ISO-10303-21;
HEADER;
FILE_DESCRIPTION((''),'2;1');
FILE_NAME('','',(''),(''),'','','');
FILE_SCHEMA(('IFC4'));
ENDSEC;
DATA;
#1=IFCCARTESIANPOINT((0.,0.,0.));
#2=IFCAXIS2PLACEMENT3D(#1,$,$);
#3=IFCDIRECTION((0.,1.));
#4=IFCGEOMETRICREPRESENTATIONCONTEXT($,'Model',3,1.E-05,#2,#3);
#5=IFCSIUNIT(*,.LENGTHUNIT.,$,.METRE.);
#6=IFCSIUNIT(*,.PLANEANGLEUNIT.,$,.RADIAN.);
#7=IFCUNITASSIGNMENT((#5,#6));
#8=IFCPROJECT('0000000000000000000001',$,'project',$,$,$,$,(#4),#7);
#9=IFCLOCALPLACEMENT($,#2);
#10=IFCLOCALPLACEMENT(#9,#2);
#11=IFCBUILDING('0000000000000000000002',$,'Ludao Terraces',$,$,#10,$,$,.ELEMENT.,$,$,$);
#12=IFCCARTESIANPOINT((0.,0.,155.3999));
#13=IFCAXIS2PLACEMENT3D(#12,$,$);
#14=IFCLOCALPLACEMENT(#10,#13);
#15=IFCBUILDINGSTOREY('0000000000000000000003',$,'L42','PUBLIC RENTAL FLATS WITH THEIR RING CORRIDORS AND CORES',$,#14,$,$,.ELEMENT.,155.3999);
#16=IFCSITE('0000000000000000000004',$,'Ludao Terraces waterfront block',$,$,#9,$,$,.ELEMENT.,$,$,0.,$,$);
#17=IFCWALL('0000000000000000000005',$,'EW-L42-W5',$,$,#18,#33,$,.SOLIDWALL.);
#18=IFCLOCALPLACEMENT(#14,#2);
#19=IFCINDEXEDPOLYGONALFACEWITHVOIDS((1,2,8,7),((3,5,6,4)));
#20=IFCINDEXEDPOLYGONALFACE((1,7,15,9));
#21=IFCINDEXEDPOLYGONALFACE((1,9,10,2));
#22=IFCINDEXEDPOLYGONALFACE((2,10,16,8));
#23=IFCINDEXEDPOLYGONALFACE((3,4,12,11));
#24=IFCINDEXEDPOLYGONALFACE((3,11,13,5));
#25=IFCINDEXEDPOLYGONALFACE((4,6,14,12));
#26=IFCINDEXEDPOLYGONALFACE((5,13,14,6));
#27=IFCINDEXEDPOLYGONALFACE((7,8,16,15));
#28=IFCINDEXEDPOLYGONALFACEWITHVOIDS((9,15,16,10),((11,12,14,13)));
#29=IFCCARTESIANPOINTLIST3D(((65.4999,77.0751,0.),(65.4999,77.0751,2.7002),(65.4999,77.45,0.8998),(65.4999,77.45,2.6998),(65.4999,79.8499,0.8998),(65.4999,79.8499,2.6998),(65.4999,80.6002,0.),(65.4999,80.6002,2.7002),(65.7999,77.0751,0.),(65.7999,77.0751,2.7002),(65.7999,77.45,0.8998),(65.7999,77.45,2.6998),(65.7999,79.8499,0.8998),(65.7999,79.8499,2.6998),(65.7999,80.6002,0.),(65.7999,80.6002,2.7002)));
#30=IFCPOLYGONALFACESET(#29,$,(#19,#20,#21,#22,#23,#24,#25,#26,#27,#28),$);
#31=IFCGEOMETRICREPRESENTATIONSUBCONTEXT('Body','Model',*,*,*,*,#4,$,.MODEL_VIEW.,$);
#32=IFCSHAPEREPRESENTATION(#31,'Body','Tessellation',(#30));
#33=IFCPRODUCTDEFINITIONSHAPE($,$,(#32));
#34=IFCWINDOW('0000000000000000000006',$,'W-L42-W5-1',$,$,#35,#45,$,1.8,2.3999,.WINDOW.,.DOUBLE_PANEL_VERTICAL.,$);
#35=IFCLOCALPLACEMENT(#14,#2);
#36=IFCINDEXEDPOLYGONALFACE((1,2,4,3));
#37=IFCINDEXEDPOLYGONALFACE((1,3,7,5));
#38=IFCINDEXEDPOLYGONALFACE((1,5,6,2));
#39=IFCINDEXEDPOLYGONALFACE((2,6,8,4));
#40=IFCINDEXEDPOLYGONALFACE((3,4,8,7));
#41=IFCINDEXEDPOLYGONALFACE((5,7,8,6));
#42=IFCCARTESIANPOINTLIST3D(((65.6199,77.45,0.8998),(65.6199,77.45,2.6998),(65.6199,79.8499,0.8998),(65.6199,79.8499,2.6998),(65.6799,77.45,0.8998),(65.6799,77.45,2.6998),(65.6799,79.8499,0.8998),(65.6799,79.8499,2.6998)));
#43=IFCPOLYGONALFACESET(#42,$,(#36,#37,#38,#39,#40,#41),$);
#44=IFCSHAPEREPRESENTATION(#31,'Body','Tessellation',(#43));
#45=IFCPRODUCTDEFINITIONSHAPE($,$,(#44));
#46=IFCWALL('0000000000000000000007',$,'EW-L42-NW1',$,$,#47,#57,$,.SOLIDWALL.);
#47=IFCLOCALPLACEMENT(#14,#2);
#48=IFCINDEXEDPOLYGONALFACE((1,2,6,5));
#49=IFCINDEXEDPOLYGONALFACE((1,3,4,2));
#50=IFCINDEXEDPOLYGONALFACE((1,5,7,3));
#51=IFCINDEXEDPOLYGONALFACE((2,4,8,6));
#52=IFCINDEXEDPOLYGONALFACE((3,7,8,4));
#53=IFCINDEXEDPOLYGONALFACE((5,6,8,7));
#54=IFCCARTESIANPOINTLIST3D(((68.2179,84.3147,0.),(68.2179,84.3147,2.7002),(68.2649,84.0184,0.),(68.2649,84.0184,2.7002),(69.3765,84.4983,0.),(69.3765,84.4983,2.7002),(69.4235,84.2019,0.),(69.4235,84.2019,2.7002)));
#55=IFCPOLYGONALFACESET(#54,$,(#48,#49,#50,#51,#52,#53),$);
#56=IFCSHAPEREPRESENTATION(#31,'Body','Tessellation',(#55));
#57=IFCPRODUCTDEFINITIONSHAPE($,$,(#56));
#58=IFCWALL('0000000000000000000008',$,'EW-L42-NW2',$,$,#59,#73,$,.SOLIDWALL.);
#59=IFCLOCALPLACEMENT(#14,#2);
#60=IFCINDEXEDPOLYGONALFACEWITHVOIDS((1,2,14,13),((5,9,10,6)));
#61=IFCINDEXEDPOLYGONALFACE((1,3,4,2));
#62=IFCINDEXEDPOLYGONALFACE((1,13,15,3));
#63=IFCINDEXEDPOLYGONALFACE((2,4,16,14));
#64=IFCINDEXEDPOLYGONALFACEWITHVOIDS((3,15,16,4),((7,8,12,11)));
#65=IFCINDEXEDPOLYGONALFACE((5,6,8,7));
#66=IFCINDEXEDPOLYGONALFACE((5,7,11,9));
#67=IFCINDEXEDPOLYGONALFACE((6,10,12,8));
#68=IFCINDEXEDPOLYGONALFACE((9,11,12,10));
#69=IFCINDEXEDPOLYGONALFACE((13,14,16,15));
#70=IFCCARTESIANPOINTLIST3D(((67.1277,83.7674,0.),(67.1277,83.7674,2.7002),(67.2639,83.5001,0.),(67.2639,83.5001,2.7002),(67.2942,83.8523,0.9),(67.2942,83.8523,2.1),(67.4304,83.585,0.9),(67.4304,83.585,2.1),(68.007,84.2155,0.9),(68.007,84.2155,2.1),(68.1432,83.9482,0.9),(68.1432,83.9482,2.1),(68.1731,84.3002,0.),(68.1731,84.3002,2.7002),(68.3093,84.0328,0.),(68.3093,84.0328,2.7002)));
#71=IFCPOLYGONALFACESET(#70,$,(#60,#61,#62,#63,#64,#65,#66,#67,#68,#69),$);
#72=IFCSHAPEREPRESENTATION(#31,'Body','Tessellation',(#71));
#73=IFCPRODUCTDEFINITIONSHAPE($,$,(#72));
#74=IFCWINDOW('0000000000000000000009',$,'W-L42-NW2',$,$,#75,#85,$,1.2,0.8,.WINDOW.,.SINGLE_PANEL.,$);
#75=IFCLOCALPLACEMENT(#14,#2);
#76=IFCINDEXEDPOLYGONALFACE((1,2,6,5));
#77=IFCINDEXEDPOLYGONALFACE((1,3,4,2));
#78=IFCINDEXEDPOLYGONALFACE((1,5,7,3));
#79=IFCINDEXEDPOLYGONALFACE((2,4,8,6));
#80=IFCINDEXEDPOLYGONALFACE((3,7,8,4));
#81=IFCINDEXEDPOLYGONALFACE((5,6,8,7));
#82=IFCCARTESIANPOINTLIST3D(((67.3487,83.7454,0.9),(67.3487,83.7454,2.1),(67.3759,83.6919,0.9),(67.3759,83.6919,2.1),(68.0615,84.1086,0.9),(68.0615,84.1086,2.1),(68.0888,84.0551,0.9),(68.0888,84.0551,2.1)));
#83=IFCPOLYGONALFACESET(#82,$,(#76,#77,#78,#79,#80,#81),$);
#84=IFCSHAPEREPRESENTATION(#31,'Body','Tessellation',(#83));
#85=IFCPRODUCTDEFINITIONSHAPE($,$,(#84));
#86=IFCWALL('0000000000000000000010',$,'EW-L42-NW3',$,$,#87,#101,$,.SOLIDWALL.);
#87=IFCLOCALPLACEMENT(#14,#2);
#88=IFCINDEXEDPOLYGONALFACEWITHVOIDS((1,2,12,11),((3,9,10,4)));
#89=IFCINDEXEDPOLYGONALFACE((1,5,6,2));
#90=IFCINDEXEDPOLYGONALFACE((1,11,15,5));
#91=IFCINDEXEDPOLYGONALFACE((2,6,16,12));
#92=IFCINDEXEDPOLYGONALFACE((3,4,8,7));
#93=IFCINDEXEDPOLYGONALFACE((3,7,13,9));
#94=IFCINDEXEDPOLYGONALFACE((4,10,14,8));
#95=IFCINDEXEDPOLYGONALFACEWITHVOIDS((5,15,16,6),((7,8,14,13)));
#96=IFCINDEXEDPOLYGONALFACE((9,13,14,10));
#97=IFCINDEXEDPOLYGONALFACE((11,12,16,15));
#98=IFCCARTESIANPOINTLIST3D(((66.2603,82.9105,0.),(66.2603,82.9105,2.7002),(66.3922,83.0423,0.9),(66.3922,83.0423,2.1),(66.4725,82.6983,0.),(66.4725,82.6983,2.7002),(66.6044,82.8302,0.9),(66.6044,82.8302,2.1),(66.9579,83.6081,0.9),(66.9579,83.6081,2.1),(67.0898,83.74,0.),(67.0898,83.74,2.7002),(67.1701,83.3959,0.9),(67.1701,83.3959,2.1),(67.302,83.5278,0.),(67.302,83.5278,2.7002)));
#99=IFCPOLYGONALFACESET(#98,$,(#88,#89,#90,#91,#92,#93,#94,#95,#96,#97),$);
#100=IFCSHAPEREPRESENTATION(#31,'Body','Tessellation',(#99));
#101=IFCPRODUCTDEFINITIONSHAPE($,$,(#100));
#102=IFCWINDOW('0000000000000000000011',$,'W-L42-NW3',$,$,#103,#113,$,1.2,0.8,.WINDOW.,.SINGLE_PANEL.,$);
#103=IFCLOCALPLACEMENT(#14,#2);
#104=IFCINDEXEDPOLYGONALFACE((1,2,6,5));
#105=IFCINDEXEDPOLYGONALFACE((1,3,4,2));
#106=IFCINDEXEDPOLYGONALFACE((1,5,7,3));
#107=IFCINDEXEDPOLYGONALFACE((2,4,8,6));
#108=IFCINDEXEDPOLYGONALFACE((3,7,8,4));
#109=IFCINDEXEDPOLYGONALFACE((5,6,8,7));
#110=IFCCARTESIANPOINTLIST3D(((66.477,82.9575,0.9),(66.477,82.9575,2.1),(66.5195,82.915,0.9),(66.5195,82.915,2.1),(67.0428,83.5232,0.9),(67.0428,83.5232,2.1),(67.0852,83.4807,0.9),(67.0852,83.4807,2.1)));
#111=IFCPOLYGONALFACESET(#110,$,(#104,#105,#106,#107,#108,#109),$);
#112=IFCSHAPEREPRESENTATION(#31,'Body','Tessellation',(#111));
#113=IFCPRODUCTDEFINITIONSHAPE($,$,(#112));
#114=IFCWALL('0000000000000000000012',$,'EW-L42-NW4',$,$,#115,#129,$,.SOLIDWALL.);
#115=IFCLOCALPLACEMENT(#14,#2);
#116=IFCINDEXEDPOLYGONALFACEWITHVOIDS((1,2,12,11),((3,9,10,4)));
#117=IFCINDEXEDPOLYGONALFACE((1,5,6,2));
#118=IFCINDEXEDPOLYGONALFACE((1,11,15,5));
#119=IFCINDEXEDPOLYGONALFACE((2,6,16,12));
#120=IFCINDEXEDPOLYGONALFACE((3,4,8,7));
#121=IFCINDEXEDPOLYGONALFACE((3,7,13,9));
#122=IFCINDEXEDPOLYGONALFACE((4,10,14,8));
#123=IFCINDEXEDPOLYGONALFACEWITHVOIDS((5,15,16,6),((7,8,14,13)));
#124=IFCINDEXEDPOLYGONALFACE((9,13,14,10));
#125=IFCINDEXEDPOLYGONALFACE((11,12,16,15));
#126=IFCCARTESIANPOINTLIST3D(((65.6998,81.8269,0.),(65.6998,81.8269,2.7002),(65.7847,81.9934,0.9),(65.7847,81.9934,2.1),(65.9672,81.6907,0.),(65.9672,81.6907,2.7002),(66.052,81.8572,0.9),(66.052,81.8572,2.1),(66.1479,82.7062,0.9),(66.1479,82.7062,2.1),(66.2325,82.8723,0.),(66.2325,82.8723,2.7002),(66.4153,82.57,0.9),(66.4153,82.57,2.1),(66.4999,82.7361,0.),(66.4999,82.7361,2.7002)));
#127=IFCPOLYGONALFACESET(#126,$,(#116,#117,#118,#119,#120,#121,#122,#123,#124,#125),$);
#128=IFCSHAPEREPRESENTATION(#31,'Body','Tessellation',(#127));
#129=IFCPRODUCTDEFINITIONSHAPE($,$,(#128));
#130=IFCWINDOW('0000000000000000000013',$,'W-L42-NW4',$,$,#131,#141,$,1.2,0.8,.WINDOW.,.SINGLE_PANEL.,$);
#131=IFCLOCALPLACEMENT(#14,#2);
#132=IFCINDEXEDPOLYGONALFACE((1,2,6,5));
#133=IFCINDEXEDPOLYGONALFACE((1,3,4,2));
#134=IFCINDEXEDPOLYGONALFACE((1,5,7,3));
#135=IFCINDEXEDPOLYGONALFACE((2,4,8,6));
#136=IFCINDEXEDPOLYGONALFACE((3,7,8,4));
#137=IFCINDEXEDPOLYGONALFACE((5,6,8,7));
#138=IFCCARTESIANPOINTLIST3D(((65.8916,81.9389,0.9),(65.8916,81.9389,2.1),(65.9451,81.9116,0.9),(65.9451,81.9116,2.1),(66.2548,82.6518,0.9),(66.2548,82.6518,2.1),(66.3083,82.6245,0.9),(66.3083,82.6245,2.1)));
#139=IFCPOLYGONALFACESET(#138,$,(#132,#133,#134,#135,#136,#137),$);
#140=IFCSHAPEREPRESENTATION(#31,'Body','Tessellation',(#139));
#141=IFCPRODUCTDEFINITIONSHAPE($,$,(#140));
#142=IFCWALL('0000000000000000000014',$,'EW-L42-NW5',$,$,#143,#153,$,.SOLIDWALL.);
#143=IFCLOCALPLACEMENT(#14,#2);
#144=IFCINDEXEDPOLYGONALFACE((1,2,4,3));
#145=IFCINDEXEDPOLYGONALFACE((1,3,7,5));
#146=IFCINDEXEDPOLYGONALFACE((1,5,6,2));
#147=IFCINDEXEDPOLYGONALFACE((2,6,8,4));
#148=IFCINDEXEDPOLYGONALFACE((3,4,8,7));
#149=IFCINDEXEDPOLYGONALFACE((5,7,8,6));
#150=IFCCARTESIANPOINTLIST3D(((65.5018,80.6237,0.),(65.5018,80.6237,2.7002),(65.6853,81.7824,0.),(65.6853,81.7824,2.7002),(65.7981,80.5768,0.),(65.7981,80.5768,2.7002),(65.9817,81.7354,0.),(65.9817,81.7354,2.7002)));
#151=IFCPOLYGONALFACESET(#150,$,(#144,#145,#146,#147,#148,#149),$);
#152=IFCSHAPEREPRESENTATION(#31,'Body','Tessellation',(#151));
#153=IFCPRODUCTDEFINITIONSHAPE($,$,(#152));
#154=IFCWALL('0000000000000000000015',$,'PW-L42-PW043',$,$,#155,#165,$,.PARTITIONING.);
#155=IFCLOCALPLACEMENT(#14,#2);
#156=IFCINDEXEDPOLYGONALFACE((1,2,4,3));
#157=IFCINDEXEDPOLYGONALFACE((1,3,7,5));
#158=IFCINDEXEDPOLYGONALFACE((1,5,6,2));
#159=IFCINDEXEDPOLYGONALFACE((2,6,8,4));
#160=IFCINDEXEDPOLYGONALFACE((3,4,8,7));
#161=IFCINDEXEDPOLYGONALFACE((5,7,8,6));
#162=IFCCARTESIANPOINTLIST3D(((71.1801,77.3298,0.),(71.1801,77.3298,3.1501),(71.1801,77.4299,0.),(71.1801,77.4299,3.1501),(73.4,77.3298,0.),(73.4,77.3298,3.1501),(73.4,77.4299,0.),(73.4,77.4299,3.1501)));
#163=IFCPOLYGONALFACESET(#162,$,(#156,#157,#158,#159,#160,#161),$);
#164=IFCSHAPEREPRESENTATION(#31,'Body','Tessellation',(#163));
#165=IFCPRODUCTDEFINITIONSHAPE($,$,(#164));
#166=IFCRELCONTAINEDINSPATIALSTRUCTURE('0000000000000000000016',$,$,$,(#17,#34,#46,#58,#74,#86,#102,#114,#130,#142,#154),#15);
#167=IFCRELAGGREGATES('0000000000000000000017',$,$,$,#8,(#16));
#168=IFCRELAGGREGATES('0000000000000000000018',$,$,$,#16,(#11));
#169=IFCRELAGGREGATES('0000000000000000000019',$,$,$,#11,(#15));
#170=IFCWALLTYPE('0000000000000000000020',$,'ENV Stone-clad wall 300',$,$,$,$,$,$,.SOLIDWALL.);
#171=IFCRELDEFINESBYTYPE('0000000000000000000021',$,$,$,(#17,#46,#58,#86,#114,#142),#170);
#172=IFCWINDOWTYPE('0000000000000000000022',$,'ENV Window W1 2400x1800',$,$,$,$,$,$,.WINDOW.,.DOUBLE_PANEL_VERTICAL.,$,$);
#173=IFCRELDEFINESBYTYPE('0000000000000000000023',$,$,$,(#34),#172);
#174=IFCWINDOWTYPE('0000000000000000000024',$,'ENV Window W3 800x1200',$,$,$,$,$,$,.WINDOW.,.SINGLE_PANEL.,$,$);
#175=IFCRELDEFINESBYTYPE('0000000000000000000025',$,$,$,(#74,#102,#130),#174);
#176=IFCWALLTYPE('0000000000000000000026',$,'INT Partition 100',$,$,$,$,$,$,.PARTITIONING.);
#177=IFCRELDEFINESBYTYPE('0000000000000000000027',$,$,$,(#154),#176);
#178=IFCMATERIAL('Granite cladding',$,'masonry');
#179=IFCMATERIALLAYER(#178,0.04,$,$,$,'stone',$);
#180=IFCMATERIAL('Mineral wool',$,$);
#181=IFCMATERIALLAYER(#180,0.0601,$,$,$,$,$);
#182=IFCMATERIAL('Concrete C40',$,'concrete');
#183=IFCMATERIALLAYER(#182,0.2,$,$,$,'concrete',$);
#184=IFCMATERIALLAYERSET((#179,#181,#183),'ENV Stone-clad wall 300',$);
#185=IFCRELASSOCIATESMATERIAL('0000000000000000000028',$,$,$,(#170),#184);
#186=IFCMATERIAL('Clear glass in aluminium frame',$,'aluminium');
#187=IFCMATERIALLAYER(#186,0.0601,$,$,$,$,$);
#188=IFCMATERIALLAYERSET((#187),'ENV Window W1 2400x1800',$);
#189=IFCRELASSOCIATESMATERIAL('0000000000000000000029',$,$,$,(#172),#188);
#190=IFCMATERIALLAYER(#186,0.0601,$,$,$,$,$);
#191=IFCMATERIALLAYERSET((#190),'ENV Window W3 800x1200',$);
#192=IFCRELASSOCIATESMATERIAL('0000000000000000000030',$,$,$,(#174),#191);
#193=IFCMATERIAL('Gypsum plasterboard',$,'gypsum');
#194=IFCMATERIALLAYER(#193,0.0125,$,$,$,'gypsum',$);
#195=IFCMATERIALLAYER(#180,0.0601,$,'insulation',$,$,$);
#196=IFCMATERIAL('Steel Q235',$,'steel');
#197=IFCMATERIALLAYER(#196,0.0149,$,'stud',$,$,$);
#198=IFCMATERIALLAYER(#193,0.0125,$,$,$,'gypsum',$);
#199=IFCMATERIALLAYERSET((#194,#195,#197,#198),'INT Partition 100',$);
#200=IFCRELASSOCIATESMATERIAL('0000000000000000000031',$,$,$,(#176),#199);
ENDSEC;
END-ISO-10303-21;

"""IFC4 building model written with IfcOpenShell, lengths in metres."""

from ifc_helpers import new_model, si_unit, direction, frame, frame_2d, origin, place, context, subcontext, project, spatial, rectangle, extrude, material, layer, layer_set, type_object, element, fill, save


model = new_model("IFC4")

# Units and contexts
model_context = context("Model", 3, precision=1e-05, world=origin(), true_north=direction((0.0, 1.0)))
body_context = subcontext(model_context, "Body", "Model", "MODEL_VIEW")
ifc_project = project(units=[si_unit("LENGTHUNIT", "METRE"), si_unit("PLANEANGLEUNIT", "RADIAN")], contexts=[model_context])

# Site, building, storey
site_placement = place(None, origin())
site = spatial("IfcSite", under=ifc_project, at=site_placement, Name="Ludao Terraces waterfront block", CompositionType="ELEMENT", RefElevation=0.0)
building_placement = place(site_placement, origin())
building = spatial("IfcBuilding", under=site, at=building_placement, Name="Ludao Terraces", CompositionType="ELEMENT")
storey_placement = place(building_placement, frame((0.0, 0.0, 155.3999)))
storey = spatial("IfcBuildingStorey", under=building, at=storey_placement, Name="L42", Description="PUBLIC RENTAL FLATS WITH THEIR RING CORRIDORS AND CORES", CompositionType="ELEMENT", Elevation=155.3999)

# Shared definitions
ifc_material_1 = material(Name="Concrete C40", Category="concrete")

# Shared definitions
ifc_material_2 = material(Name="Steel Q235", Category="steel")

# Shared definitions
ifc_material_3 = material(Name="Granite cladding", Category="masonry")
ifc_layer_1 = layer(ifc_material_3, 0.04, Category="stone")
ifc_material_4 = material(Name="Mineral wool")
ifc_layer_2 = layer(ifc_material_4, 0.0601)
ifc_layer_3 = layer(ifc_material_1, 0.2, Category="concrete")
ifc_layer_set_1 = layer_set([ifc_layer_1, ifc_layer_2, ifc_layer_3], Name="ENV Stone-clad wall 300")
wall_type_1 = type_object("IfcWallType", Name="ENV Stone-clad wall 300", PredefinedType="SOLIDWALL", material=ifc_layer_set_1)
ifc_material_5 = material(Name="Clear glass in aluminium frame", Category="aluminium")
ifc_layer_4 = layer(ifc_material_5, 0.0601)
ifc_layer_set_2 = layer_set([ifc_layer_4], Name="ENV Window W1 2400x1800")
window_type_1 = type_object("IfcWindowType", Name="ENV Window W1 2400x1800", PartitioningType="DOUBLE_PANEL_VERTICAL", PredefinedType="WINDOW", material=ifc_layer_set_2)

# Wall, opening, window
wall_1_placement = place(storey_placement, frame((65.6499, 77.075, 0.0), z_axis=(0.0, 0.0, 1.0), x_axis=(0.0, 1.0, 0.0)))
wall_1 = element("IfcWall", 1, at=wall_1_placement, inside=storey, type_object=wall_type_1, Name="EW-L42-W5", PredefinedType="SOLIDWALL", context=body_context, shape_type="SweptSolid", body=[
    extrude(rectangle(XDim=3.5251, YDim=0.3, at=frame_2d((1.7627, 0.0))), origin(), (0.0, 0.0, 1.0), 2.7002),
])
opening_1_placement = place(wall_1_placement, frame((0.375, 0.0, 0.8999)))
opening_1 = element("IfcOpeningElement", 2, at=opening_1_placement, cuts=wall_1, PredefinedType="OPENING", context=body_context, shape_type="SweptSolid", body=[
    extrude(rectangle(XDim=2.3999, YDim=1.8, at=frame_2d((1.2, 0.8999))), frame((0.0, 0.1602, 0.0), z_axis=(0.0, -1.0, 0.0), x_axis=(1.0, 0.0, 0.0)), (0.0, 0.0, 1.0), 0.3201),
])
window_1_placement = place(opening_1_placement, origin())
window_1 = element("IfcWindow", 3, at=window_1_placement, inside=storey, type_object=window_type_1, Name="W-L42-W5-1", OverallHeight=1.8, OverallWidth=2.3999, PartitioningType="DOUBLE_PANEL_VERTICAL", PredefinedType="WINDOW", context=body_context, shape_type="SweptSolid", body=[
    extrude(rectangle(XDim=2.3999, YDim=1.8, at=frame_2d((1.2, 0.8999))), frame((0.0, 0.03, 0.0), z_axis=(0.0, -1.0, 0.0), x_axis=(1.0, 0.0, 0.0)), (0.0, 0.0, 1.0), 0.0601),
])
fill(opening_1, window_1)

# Wall
wall_2_placement = place(storey_placement, frame((69.3999, 84.3501, 0.0), z_axis=(0.0, 0.0, 1.0), x_axis=(-0.987678, -0.156497, 0.0)))
element("IfcWall", 4, at=wall_2_placement, inside=storey, type_object=wall_type_1, Name="EW-L42-NW1", PredefinedType="SOLIDWALL", context=body_context, shape_type="SweptSolid", body=[
    extrude(rectangle(XDim=1.1731, YDim=0.3, at=frame_2d((0.5864, 0.0))), origin(), (0.0, 0.0, 1.0), 2.7002),
])

# Walls, openings, windows
wall_3_placement = place(storey_placement, frame((68.2412, 84.1665, 0.0), z_axis=(0.0, 0.0, 1.0), x_axis=(-0.890989, -0.454026, 0.0)))
wall_3 = element("IfcWall", 5, at=wall_3_placement, inside=storey, type_object=wall_type_1, Name="EW-L42-NW2", PredefinedType="SOLIDWALL", context=body_context, shape_type="SweptSolid", body=[
    extrude(rectangle(XDim=1.1733, YDim=0.3, at=frame_2d((0.5867, 0.0))), origin(), (0.0, 0.0, 1.0), 2.7002),
])
opening_2_placement = place(wall_3_placement, frame((0.1865, 0.0, 0.8999)))
opening_2 = element("IfcOpeningElement", 6, at=opening_2_placement, cuts=wall_3, PredefinedType="OPENING", context=body_context, shape_type="SweptSolid", body=[
    extrude(rectangle(XDim=0.8, YDim=1.2, at=frame_2d((0.3999, 0.6001))), frame((0.0, 0.1602, 0.0), z_axis=(0.0, -1.0, 0.0), x_axis=(1.0, 0.0, 0.0)), (0.0, 0.0, 1.0), 0.3201),
])
ifc_layer_5 = layer(ifc_material_5, 0.0601)
ifc_layer_set_3 = layer_set([ifc_layer_5], Name="ENV Window W3 800x1200")
window_type_2 = type_object("IfcWindowType", Name="ENV Window W3 800x1200", PartitioningType="SINGLE_PANEL", PredefinedType="WINDOW", material=ifc_layer_set_3)
window_2_placement = place(opening_2_placement, origin())
window_2 = element("IfcWindow", 7, at=window_2_placement, inside=storey, type_object=window_type_2, Name="W-L42-NW2", OverallHeight=1.2, OverallWidth=0.8, PartitioningType="SINGLE_PANEL", PredefinedType="WINDOW", context=body_context, shape_type="SweptSolid", body=[
    extrude(rectangle(XDim=0.8, YDim=1.2, at=frame_2d((0.3999, 0.6001))), frame((0.0, 0.03, 0.0), z_axis=(0.0, -1.0, 0.0), x_axis=(1.0, 0.0, 0.0)), (0.0, 0.0, 1.0), 0.0601),
])
fill(opening_2, window_2)
wall_4_placement = place(storey_placement, frame((67.1958, 83.6338, 0.0), z_axis=(0.0, 0.0, 1.0), x_axis=(-0.707107, -0.707107, 0.0)))
wall_4 = element("IfcWall", 8, at=wall_4_placement, inside=storey, type_object=wall_type_1, Name="EW-L42-NW3", PredefinedType="SOLIDWALL", context=body_context, shape_type="SweptSolid", body=[
    extrude(rectangle(XDim=1.1731, YDim=0.3, at=frame_2d((0.5864, 0.0))), origin(), (0.0, 0.0, 1.0), 2.7002),
])
opening_3_placement = place(wall_4_placement, frame((0.1865, 0.0, 0.8999)))
opening_3 = element("IfcOpeningElement", 9, at=opening_3_placement, cuts=wall_4, PredefinedType="OPENING", context=body_context, shape_type="SweptSolid", body=[
    extrude(rectangle(XDim=0.8, YDim=1.2, at=frame_2d((0.3999, 0.6001))), frame((0.0, 0.1602, 0.0), z_axis=(0.0, -1.0, 0.0), x_axis=(1.0, 0.0, 0.0)), (0.0, 0.0, 1.0), 0.3201),
])
window_3_placement = place(opening_3_placement, origin())
window_3 = element("IfcWindow", 10, at=window_3_placement, inside=storey, type_object=window_type_2, Name="W-L42-NW3", OverallHeight=1.2, OverallWidth=0.8, PartitioningType="SINGLE_PANEL", PredefinedType="WINDOW", context=body_context, shape_type="SweptSolid", body=[
    extrude(rectangle(XDim=0.8, YDim=1.2, at=frame_2d((0.3999, 0.6001))), frame((0.0, 0.03, 0.0), z_axis=(0.0, -1.0, 0.0), x_axis=(1.0, 0.0, 0.0)), (0.0, 0.0, 1.0), 0.0601),
])
fill(opening_3, window_3)
wall_5_placement = place(storey_placement, frame((66.3662, 82.8042, 0.0), z_axis=(0.0, 0.0, 1.0), x_axis=(-0.454026, -0.890989, 0.0)))
wall_5 = element("IfcWall", 11, at=wall_5_placement, inside=storey, type_object=wall_type_1, Name="EW-L42-NW4", PredefinedType="SOLIDWALL", context=body_context, shape_type="SweptSolid", body=[
    extrude(rectangle(XDim=1.1733, YDim=0.3, at=frame_2d((0.5867, 0.0))), origin(), (0.0, 0.0, 1.0), 2.7002),
])
opening_4_placement = place(wall_5_placement, frame((0.1865, 0.0, 0.8999)))
opening_4 = element("IfcOpeningElement", 12, at=opening_4_placement, cuts=wall_5, PredefinedType="OPENING", context=body_context, shape_type="SweptSolid", body=[
    extrude(rectangle(XDim=0.8, YDim=1.2, at=frame_2d((0.3999, 0.6001))), frame((0.0, 0.1602, 0.0), z_axis=(0.0, -1.0, 0.0), x_axis=(1.0, 0.0, 0.0)), (0.0, 0.0, 1.0), 0.3201),
])
window_4_placement = place(opening_4_placement, origin())
window_4 = element("IfcWindow", 13, at=window_4_placement, inside=storey, type_object=window_type_2, Name="W-L42-NW4", OverallHeight=1.2, OverallWidth=0.8, PartitioningType="SINGLE_PANEL", PredefinedType="WINDOW", context=body_context, shape_type="SweptSolid", body=[
    extrude(rectangle(XDim=0.8, YDim=1.2, at=frame_2d((0.3999, 0.6001))), frame((0.0, 0.03, 0.0), z_axis=(0.0, -1.0, 0.0), x_axis=(1.0, 0.0, 0.0)), (0.0, 0.0, 1.0), 0.0601),
])
fill(opening_4, window_4)

# Walls
wall_6_placement = place(storey_placement, frame((65.8335, 81.7588, 0.0), z_axis=(0.0, 0.0, 1.0), x_axis=(-0.156497, -0.987678, 0.0)))
element("IfcWall", 14, at=wall_6_placement, inside=storey, type_object=wall_type_1, Name="EW-L42-NW5", PredefinedType="SOLIDWALL", context=body_context, shape_type="SweptSolid", body=[
    extrude(rectangle(XDim=1.1731, YDim=0.3, at=frame_2d((0.5864, 0.0))), origin(), (0.0, 0.0, 1.0), 2.7002),
])
ifc_material_6 = material(Name="Gypsum plasterboard", Category="gypsum")
ifc_layer_6 = layer(ifc_material_6, 0.0125, Category="gypsum")
ifc_layer_7 = layer(ifc_material_4, 0.0601, Name="insulation")
ifc_layer_8 = layer(ifc_material_2, 0.0149, Name="stud")
ifc_layer_9 = layer(ifc_material_6, 0.0125, Category="gypsum")
ifc_layer_set_4 = layer_set([ifc_layer_6, ifc_layer_7, ifc_layer_8, ifc_layer_9], Name="INT Partition 100")
wall_type_2 = type_object("IfcWallType", Name="INT Partition 100", PredefinedType="PARTITIONING", material=ifc_layer_set_4)
for number, where, z_axis, x_axis, name in (
    (15, (71.1802, 77.3799, 0.0), (0.0, 0.0, 1.0), (1.0, 0.0, 0.0), "PW-L42-PW043"),
):
    element("IfcWall", number, at=place(storey_placement, frame(where, z_axis=z_axis, x_axis=x_axis)), inside=storey, type_object=wall_type_2, Name=name, PredefinedType="PARTITIONING", context=body_context, shape_type="SweptSolid", body=[
        extrude(rectangle(XDim=2.22, YDim=0.1001, at=frame_2d((1.1099, 0.0))), origin(), (0.0, 0.0, 1.0), 3.1501),
    ])

save(model, "model.ifc")
